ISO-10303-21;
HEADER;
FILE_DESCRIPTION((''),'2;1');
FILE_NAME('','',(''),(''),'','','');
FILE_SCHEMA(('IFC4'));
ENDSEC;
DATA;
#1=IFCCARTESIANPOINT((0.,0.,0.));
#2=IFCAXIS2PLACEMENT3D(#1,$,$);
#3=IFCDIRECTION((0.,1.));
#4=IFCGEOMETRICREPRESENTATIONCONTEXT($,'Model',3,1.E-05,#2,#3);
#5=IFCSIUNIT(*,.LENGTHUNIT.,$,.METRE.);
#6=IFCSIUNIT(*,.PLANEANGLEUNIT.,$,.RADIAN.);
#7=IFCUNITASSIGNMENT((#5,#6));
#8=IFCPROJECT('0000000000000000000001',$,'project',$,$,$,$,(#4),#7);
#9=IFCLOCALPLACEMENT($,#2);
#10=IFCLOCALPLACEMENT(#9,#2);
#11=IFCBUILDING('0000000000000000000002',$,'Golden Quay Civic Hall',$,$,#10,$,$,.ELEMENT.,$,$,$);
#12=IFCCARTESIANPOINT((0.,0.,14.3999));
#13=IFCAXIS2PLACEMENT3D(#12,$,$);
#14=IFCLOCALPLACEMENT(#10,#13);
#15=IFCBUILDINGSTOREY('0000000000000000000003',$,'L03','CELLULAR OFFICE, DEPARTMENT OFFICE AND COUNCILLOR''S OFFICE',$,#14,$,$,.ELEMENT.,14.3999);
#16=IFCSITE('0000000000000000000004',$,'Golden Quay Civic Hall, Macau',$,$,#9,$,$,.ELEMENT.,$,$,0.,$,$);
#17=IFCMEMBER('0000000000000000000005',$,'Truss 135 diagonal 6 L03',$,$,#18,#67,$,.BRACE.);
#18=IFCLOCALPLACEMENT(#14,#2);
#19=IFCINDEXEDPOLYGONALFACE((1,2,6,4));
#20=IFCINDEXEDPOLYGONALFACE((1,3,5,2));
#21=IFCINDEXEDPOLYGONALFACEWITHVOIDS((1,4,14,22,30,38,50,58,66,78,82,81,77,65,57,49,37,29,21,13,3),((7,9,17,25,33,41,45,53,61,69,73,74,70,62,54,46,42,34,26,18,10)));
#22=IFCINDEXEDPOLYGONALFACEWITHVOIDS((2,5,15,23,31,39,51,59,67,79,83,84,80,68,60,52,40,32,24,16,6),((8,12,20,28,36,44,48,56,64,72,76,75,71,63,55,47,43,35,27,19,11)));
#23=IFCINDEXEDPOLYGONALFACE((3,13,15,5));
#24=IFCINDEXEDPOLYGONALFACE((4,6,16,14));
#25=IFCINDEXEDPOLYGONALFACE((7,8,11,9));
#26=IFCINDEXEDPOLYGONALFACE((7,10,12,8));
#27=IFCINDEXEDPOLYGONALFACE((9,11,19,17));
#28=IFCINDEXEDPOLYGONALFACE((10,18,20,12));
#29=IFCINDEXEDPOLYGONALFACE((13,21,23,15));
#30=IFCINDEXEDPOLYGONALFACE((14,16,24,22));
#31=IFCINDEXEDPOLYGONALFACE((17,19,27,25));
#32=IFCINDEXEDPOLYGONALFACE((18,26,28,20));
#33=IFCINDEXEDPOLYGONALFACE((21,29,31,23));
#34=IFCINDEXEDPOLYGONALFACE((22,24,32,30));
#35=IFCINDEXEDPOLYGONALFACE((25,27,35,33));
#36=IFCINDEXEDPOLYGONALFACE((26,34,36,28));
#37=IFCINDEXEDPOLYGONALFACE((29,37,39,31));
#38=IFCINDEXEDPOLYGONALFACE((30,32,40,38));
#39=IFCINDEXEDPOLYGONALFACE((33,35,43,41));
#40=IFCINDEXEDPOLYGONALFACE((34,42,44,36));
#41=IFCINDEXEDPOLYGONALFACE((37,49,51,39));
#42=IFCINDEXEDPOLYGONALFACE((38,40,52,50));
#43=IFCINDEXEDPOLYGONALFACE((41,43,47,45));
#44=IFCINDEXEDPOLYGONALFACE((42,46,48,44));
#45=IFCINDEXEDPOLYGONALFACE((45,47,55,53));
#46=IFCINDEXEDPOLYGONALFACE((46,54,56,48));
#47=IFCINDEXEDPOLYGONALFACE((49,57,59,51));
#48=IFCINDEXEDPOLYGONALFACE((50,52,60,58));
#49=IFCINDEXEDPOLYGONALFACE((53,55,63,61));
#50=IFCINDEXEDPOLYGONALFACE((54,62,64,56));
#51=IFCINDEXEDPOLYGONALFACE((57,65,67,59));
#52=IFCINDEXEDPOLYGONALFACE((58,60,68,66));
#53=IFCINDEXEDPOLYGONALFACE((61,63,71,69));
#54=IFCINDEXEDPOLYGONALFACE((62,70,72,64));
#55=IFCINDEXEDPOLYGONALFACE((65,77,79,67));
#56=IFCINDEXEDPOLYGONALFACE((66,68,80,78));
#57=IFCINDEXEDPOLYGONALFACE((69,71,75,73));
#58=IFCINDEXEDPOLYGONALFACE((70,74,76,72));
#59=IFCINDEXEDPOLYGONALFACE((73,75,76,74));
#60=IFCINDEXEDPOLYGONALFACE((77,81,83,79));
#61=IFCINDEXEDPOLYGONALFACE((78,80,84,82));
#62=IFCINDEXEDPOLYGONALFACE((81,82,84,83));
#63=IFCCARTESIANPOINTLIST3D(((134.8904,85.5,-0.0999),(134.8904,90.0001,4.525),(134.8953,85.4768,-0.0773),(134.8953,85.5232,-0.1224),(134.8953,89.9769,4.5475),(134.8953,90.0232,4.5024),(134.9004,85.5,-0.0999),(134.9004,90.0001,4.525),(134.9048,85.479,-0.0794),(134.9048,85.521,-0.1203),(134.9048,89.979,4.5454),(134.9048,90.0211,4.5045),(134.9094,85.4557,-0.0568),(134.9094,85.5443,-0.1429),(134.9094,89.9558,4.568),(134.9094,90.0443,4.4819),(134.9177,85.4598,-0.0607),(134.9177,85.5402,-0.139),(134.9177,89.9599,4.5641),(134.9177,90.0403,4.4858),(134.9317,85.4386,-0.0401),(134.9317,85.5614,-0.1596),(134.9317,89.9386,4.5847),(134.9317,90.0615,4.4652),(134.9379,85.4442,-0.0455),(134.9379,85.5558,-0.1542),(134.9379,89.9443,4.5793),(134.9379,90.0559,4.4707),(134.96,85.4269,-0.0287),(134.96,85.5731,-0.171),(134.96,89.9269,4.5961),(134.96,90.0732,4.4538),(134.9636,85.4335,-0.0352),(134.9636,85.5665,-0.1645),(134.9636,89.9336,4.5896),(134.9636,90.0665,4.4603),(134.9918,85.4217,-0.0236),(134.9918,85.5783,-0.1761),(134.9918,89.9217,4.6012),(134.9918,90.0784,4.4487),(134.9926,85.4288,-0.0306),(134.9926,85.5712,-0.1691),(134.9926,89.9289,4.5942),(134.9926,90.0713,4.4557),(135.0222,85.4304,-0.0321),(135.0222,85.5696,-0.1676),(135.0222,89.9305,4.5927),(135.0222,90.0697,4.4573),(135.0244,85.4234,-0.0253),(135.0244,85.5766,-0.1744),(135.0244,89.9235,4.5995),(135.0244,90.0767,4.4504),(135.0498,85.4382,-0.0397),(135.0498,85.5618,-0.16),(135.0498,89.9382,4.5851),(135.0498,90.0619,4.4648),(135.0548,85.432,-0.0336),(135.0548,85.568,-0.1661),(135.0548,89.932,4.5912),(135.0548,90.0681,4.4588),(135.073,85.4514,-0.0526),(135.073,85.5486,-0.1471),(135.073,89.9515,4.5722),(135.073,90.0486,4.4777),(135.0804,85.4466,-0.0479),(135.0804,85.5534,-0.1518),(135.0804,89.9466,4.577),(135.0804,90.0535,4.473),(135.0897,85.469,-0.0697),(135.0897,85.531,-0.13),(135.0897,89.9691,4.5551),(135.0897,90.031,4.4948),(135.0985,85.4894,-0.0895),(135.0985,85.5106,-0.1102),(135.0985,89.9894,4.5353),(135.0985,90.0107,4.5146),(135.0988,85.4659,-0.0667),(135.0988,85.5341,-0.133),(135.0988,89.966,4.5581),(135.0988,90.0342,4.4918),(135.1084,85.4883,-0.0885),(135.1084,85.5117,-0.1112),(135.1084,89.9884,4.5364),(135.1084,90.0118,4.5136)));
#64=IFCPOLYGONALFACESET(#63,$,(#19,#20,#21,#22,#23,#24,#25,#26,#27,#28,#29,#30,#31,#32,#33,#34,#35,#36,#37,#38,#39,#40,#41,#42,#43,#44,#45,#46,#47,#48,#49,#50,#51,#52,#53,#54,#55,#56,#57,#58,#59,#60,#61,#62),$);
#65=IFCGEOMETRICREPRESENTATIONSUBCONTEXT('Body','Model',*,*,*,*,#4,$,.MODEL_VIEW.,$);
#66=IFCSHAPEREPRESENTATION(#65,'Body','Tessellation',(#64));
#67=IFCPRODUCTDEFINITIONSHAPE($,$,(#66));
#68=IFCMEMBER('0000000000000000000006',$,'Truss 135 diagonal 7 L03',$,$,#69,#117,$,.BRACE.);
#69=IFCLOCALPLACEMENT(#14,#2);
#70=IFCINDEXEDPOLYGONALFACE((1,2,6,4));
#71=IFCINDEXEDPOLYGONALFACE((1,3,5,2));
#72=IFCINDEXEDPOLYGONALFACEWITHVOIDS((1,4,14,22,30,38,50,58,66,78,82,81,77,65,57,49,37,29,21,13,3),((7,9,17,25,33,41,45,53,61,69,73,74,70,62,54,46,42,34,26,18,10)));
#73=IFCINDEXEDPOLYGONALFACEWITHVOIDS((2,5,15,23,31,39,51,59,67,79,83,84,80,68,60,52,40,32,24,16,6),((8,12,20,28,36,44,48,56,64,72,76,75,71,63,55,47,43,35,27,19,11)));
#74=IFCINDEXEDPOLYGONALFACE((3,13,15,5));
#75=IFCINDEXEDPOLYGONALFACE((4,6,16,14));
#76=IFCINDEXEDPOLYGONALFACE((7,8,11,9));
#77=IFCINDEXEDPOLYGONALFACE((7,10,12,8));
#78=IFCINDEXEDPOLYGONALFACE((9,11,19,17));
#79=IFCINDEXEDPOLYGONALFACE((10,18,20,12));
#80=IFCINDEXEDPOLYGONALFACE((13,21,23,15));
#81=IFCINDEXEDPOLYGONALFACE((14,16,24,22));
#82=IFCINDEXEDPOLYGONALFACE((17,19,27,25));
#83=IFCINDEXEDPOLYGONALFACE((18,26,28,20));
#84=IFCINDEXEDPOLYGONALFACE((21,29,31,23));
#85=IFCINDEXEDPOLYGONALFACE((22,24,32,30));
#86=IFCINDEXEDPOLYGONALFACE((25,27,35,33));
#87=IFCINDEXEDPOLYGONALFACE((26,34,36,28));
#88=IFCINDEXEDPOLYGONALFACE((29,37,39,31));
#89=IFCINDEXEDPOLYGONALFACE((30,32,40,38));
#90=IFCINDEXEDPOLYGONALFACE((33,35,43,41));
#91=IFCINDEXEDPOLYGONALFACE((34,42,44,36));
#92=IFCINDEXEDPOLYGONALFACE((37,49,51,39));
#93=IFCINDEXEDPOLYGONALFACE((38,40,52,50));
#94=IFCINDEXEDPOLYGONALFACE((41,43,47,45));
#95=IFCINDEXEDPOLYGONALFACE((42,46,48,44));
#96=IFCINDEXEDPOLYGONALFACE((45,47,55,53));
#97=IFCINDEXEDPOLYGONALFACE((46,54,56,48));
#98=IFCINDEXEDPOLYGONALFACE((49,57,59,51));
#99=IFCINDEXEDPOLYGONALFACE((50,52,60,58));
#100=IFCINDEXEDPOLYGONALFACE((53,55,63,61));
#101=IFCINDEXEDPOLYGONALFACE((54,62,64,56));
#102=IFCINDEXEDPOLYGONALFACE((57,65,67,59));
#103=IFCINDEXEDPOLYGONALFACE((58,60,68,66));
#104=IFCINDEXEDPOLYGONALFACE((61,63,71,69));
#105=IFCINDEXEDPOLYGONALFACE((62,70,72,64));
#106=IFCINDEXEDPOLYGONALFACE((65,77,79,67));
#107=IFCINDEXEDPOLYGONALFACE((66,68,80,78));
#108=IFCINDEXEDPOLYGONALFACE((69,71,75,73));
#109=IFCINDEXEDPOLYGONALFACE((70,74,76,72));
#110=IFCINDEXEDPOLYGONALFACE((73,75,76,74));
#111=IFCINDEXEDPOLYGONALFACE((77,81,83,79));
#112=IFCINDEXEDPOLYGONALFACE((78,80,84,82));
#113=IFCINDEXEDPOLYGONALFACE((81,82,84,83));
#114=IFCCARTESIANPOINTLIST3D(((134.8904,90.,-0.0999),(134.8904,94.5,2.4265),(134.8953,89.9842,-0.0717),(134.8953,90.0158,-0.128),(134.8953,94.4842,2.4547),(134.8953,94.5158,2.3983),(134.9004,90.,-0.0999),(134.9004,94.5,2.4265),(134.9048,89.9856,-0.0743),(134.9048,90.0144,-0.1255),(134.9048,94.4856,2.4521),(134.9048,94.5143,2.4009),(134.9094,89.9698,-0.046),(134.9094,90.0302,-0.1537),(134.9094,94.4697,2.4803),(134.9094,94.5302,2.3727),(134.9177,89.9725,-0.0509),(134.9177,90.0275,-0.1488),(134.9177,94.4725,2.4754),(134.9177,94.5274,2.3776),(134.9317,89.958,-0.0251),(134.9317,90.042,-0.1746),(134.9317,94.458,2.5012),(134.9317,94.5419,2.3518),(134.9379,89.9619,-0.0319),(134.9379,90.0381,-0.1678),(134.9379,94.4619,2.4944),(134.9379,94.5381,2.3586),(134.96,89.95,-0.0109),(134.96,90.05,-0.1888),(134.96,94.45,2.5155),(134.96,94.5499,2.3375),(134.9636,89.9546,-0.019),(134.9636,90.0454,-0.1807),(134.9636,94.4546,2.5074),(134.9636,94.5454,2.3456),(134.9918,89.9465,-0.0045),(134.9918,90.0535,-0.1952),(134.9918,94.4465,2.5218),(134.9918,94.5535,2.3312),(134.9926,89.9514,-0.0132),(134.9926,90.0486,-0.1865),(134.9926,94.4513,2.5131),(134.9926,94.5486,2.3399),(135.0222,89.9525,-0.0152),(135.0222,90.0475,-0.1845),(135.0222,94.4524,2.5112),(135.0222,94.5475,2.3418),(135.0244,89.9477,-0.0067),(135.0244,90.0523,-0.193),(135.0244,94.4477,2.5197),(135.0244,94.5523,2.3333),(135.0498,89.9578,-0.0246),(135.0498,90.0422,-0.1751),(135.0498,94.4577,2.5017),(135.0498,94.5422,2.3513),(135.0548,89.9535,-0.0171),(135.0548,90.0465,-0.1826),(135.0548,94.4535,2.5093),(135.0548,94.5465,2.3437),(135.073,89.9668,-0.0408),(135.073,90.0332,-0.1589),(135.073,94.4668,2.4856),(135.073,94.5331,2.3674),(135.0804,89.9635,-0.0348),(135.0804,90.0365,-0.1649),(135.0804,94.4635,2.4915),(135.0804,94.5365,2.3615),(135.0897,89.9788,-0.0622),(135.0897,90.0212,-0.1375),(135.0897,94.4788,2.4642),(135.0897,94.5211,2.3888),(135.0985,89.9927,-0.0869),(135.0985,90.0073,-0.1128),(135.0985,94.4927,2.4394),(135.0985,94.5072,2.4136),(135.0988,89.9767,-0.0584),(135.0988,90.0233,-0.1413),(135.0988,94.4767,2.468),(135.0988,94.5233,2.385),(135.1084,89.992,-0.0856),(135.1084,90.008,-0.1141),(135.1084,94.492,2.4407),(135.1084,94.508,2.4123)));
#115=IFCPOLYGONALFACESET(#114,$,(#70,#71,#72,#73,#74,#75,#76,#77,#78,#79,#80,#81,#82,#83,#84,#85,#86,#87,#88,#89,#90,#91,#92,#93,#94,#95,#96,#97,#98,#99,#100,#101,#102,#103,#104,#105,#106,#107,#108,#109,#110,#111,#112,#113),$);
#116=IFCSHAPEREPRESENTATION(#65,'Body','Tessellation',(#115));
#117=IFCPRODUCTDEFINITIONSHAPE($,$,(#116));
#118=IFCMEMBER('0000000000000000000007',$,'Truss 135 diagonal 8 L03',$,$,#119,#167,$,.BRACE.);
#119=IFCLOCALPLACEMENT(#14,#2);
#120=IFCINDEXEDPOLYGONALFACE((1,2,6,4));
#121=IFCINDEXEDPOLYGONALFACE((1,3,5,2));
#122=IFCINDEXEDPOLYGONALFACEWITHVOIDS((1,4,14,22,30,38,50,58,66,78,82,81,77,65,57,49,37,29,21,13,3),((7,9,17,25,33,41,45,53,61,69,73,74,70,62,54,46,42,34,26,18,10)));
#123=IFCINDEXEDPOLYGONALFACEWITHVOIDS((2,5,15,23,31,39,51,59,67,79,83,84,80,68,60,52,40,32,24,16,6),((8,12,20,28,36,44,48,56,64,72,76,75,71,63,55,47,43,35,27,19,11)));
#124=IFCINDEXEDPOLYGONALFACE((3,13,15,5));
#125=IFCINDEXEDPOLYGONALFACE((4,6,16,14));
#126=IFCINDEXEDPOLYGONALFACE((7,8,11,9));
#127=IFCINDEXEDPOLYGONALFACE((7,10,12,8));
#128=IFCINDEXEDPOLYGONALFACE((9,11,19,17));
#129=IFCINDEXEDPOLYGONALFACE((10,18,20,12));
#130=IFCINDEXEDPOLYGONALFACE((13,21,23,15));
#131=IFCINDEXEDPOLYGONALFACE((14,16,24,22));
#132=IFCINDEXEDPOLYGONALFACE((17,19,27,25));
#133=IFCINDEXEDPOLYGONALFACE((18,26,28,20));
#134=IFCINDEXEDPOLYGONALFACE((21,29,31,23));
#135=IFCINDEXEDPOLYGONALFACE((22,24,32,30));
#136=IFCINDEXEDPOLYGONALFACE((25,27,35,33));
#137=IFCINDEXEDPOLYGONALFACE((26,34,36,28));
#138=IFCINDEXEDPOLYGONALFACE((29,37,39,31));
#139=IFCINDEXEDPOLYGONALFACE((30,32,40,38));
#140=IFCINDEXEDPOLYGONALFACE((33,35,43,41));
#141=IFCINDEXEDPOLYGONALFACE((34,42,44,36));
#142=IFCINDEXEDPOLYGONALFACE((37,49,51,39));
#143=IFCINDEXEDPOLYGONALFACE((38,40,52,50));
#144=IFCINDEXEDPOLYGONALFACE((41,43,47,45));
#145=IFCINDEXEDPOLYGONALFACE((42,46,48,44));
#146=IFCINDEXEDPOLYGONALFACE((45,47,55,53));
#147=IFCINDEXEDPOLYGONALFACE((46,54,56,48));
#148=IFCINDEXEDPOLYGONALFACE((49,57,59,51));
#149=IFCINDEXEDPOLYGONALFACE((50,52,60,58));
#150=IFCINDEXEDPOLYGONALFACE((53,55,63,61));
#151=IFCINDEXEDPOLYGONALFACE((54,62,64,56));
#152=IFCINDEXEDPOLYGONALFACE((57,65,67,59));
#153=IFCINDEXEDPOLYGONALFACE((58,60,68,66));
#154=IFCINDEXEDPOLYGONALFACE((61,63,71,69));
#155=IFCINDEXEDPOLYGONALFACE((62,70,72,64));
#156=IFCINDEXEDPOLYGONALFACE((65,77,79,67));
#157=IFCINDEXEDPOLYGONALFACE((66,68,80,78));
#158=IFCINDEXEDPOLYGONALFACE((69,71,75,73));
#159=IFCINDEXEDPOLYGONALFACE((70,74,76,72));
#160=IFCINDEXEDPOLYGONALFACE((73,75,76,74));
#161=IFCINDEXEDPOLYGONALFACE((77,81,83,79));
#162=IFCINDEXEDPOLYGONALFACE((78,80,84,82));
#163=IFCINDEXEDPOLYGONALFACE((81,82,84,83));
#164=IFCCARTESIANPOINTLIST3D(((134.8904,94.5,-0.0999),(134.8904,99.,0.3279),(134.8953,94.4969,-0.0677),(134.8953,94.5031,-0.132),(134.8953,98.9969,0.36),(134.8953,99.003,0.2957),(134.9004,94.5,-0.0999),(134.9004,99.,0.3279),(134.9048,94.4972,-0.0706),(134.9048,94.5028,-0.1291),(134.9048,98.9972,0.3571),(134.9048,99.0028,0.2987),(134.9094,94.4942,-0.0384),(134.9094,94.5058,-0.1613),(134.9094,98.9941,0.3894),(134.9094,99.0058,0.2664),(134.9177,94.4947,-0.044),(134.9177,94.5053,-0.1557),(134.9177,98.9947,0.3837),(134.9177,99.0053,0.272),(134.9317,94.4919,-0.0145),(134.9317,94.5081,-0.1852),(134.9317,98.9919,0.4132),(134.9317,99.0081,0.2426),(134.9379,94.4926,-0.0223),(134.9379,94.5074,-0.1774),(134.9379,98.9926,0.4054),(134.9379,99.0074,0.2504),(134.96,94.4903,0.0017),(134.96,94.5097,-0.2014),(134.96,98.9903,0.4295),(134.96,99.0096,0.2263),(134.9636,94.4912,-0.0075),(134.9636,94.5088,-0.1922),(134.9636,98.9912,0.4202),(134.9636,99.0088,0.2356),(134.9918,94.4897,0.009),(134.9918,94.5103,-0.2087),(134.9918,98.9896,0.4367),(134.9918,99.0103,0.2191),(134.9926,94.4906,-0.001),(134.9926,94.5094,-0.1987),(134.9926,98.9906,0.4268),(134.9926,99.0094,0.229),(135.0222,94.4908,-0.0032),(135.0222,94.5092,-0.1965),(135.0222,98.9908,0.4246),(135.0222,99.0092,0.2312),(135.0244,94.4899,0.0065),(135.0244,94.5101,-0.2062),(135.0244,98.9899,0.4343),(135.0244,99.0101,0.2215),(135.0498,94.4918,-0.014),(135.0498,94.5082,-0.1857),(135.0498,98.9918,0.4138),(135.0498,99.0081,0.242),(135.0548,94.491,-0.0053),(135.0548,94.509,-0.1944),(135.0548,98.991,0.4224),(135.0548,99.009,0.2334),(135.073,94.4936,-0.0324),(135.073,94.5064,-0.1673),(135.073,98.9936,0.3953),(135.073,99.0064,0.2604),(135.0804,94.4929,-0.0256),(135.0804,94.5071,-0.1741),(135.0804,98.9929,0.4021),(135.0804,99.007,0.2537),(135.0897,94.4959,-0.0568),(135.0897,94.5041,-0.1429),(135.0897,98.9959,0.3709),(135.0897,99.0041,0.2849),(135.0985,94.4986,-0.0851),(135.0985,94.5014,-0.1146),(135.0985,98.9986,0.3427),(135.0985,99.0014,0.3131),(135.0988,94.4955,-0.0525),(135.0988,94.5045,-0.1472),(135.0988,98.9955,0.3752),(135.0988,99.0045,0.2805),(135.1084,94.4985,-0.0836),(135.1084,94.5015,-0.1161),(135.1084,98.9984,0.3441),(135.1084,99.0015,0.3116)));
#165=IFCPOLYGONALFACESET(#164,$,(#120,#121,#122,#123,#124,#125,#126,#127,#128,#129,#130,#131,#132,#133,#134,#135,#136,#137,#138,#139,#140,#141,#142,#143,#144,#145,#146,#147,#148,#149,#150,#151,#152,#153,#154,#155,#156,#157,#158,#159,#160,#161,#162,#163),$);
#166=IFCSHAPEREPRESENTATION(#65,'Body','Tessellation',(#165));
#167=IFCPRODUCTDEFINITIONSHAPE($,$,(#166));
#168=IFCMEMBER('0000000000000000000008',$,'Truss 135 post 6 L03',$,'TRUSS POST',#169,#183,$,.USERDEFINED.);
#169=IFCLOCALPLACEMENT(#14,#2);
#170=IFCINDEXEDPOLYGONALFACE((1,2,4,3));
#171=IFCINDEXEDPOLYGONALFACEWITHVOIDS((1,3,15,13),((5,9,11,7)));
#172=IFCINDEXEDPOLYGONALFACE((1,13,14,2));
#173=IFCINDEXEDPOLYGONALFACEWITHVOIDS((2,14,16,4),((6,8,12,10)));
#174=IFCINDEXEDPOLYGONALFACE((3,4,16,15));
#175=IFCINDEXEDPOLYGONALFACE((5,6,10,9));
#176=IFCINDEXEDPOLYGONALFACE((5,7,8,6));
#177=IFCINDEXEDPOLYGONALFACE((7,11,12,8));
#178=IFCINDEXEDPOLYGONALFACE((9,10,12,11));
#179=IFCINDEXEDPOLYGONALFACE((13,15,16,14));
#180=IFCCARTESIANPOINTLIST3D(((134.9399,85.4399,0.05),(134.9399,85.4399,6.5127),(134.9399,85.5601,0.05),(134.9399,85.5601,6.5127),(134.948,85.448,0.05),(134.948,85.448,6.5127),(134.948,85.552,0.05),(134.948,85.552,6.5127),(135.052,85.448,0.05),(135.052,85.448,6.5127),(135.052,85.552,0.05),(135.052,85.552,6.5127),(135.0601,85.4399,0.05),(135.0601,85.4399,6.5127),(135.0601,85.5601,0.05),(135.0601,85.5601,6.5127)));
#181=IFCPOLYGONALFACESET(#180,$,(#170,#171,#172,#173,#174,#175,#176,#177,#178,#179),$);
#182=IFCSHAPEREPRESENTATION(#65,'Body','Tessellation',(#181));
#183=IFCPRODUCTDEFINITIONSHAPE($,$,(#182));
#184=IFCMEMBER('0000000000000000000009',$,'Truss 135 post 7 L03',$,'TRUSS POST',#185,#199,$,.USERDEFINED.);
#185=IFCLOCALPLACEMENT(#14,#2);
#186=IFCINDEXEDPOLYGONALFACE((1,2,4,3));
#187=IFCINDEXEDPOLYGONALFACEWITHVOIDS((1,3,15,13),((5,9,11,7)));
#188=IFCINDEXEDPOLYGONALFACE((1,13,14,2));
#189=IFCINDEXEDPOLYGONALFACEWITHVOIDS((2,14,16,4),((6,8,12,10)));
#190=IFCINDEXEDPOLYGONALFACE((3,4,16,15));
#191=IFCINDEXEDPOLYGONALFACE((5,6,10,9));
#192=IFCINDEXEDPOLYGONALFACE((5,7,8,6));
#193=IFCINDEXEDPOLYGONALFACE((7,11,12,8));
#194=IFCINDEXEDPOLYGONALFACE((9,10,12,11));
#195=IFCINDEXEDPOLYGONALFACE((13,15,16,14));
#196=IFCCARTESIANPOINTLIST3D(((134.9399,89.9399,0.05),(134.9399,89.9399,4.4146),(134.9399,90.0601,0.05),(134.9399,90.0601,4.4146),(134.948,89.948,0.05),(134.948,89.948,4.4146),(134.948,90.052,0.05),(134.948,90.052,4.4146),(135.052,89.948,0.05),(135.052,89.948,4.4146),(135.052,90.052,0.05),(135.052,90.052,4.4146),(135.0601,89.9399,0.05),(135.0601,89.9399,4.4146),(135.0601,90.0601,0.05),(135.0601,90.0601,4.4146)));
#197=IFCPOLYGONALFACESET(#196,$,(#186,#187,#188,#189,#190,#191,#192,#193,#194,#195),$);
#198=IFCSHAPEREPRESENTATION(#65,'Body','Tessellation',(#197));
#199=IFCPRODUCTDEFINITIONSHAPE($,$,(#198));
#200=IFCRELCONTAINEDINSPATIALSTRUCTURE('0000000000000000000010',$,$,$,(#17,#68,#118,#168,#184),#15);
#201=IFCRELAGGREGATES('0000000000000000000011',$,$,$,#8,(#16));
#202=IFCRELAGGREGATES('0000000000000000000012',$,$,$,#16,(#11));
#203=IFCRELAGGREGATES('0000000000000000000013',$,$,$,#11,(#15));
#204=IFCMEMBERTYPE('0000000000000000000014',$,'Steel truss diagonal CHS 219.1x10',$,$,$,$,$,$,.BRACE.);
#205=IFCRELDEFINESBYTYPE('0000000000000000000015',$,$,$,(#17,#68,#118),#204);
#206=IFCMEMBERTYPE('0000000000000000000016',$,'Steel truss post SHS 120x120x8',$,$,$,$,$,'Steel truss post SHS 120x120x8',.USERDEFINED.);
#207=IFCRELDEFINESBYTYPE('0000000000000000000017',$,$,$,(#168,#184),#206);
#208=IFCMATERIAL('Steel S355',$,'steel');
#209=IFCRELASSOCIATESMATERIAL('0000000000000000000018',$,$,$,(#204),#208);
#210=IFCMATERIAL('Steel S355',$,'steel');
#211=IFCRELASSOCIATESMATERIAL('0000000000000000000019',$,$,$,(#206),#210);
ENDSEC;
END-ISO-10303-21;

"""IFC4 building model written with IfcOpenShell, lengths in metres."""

from ifc_helpers import new_model, si_unit, direction, frame, origin, origin_2d, place, context, subcontext, project, spatial, hollow_rectangle, hollow_circle, extrude, material, material_profile, profile_set, type_object, element, save


model = new_model("IFC4")

# Units and contexts
model_context = context("Model", 3, precision=1e-05, world=origin(), true_north=direction((0.0, 1.0)))
body_context = subcontext(model_context, "Body", "Model", "MODEL_VIEW")
ifc_project = project(units=[si_unit("LENGTHUNIT", "METRE"), si_unit("PLANEANGLEUNIT", "RADIAN")], contexts=[model_context])

# Site, building, storey
site_placement = place(None, origin())
site = spatial("IfcSite", under=ifc_project, at=site_placement, Name="Golden Quay Civic Hall, Macau", CompositionType="ELEMENT", RefElevation=0.0)
building_placement = place(site_placement, origin())
building = spatial("IfcBuilding", under=site, at=building_placement, Name="Golden Quay Civic Hall", CompositionType="ELEMENT")
storey_placement = place(building_placement, frame((0.0, 0.0, 14.3999)))
storey = spatial("IfcBuildingStorey", under=building, at=storey_placement, Name="L03", Description="CELLULAR OFFICE, DEPARTMENT OFFICE AND COUNCILLOR'S OFFICE", CompositionType="ELEMENT", Elevation=14.3999)

# Members
ifc_material_1 = material(Name="Steel S355", Category="steel")
ifc_material_profile_1 = material_profile(ifc_material_1, hollow_circle(Radius=0.1096, WallThickness=0.01, at=origin_2d()), Name="CHS 219.1x10")
ifc_profile_set_1 = profile_set([ifc_material_profile_1], Name="Steel S355")
member_type_1 = type_object("IfcMemberType", Name="Steel truss diagonal CHS 219.1x10", PredefinedType="BRACE", material=ifc_profile_set_1)
member_1_placement = place(storey_placement, frame((135.0, 85.5, -0.0999), z_axis=(0.0, 0.697374, 0.716708), x_axis=(-1.0, 0.0, 0.0)))
element("IfcMember", 1, at=member_1_placement, inside=storey, type_object=member_type_1, Name="Truss 135 diagonal 6 L03", PredefinedType="BRACE", context=body_context, shape_type="SweptSolid", body=[
    extrude(hollow_circle(Radius=0.1096, WallThickness=0.01, at=origin_2d()), origin(), (0.0, 0.0, 1.0), 6.4529),
])
member_2_placement = place(storey_placement, frame((135.0, 90.0, -0.0999), z_axis=(0.0, 0.87198, 0.489542), x_axis=(-1.0, 0.0, 0.0)))
element("IfcMember", 2, at=member_2_placement, inside=storey, type_object=member_type_1, Name="Truss 135 diagonal 7 L03", PredefinedType="BRACE", context=body_context, shape_type="SweptSolid", body=[
    extrude(hollow_circle(Radius=0.1096, WallThickness=0.01, at=origin_2d()), origin(), (0.0, 0.0, 1.0), 5.1606),
])
member_3_placement = place(storey_placement, frame((135.0, 94.5, -0.0999), z_axis=(0.0, 0.995513, 0.094626), x_axis=(-1.0, 0.0, 0.0)))
element("IfcMember", 3, at=member_3_placement, inside=storey, type_object=member_type_1, Name="Truss 135 diagonal 8 L03", PredefinedType="BRACE", context=body_context, shape_type="SweptSolid", body=[
    extrude(hollow_circle(Radius=0.1096, WallThickness=0.01, at=origin_2d()), origin(), (0.0, 0.0, 1.0), 4.5203),
])
ifc_material_2 = material(Name="Steel S355", Category="steel")
ifc_material_profile_2 = material_profile(ifc_material_2, hollow_rectangle(XDim=0.1201, YDim=0.1201, WallThickness=0.0081, at=origin_2d()), Name="SHS 120x120x8")
ifc_profile_set_2 = profile_set([ifc_material_profile_2], Name="Steel S355")
member_type_2 = type_object("IfcMemberType", Name="Steel truss post SHS 120x120x8", ElementType="Steel truss post SHS 120x120x8", PredefinedType="USERDEFINED", material=ifc_profile_set_2)
member_4_placement = place(storey_placement, frame((135.0, 85.5, 0.05), z_axis=(0.0, 0.0, 1.0), x_axis=(1.0, 0.0, 0.0)))
element("IfcMember", 4, at=member_4_placement, inside=storey, type_object=member_type_2, Name="Truss 135 post 6 L03", ObjectType="TRUSS POST", PredefinedType="USERDEFINED", context=body_context, shape_type="SweptSolid", body=[
    extrude(hollow_rectangle(XDim=0.1201, YDim=0.1201, WallThickness=0.0081, at=origin_2d()), origin(), (0.0, 0.0, 1.0), 6.4626),
])
member_5_placement = place(storey_placement, frame((135.0, 90.0, 0.05), z_axis=(0.0, 0.0, 1.0), x_axis=(1.0, 0.0, 0.0)))
element("IfcMember", 5, at=member_5_placement, inside=storey, type_object=member_type_2, Name="Truss 135 post 7 L03", ObjectType="TRUSS POST", PredefinedType="USERDEFINED", context=body_context, shape_type="SweptSolid", body=[
    extrude(hollow_rectangle(XDim=0.1201, YDim=0.1201, WallThickness=0.0081, at=origin_2d()), origin(), (0.0, 0.0, 1.0), 4.3645),
])

save(model, "model.ifc")
